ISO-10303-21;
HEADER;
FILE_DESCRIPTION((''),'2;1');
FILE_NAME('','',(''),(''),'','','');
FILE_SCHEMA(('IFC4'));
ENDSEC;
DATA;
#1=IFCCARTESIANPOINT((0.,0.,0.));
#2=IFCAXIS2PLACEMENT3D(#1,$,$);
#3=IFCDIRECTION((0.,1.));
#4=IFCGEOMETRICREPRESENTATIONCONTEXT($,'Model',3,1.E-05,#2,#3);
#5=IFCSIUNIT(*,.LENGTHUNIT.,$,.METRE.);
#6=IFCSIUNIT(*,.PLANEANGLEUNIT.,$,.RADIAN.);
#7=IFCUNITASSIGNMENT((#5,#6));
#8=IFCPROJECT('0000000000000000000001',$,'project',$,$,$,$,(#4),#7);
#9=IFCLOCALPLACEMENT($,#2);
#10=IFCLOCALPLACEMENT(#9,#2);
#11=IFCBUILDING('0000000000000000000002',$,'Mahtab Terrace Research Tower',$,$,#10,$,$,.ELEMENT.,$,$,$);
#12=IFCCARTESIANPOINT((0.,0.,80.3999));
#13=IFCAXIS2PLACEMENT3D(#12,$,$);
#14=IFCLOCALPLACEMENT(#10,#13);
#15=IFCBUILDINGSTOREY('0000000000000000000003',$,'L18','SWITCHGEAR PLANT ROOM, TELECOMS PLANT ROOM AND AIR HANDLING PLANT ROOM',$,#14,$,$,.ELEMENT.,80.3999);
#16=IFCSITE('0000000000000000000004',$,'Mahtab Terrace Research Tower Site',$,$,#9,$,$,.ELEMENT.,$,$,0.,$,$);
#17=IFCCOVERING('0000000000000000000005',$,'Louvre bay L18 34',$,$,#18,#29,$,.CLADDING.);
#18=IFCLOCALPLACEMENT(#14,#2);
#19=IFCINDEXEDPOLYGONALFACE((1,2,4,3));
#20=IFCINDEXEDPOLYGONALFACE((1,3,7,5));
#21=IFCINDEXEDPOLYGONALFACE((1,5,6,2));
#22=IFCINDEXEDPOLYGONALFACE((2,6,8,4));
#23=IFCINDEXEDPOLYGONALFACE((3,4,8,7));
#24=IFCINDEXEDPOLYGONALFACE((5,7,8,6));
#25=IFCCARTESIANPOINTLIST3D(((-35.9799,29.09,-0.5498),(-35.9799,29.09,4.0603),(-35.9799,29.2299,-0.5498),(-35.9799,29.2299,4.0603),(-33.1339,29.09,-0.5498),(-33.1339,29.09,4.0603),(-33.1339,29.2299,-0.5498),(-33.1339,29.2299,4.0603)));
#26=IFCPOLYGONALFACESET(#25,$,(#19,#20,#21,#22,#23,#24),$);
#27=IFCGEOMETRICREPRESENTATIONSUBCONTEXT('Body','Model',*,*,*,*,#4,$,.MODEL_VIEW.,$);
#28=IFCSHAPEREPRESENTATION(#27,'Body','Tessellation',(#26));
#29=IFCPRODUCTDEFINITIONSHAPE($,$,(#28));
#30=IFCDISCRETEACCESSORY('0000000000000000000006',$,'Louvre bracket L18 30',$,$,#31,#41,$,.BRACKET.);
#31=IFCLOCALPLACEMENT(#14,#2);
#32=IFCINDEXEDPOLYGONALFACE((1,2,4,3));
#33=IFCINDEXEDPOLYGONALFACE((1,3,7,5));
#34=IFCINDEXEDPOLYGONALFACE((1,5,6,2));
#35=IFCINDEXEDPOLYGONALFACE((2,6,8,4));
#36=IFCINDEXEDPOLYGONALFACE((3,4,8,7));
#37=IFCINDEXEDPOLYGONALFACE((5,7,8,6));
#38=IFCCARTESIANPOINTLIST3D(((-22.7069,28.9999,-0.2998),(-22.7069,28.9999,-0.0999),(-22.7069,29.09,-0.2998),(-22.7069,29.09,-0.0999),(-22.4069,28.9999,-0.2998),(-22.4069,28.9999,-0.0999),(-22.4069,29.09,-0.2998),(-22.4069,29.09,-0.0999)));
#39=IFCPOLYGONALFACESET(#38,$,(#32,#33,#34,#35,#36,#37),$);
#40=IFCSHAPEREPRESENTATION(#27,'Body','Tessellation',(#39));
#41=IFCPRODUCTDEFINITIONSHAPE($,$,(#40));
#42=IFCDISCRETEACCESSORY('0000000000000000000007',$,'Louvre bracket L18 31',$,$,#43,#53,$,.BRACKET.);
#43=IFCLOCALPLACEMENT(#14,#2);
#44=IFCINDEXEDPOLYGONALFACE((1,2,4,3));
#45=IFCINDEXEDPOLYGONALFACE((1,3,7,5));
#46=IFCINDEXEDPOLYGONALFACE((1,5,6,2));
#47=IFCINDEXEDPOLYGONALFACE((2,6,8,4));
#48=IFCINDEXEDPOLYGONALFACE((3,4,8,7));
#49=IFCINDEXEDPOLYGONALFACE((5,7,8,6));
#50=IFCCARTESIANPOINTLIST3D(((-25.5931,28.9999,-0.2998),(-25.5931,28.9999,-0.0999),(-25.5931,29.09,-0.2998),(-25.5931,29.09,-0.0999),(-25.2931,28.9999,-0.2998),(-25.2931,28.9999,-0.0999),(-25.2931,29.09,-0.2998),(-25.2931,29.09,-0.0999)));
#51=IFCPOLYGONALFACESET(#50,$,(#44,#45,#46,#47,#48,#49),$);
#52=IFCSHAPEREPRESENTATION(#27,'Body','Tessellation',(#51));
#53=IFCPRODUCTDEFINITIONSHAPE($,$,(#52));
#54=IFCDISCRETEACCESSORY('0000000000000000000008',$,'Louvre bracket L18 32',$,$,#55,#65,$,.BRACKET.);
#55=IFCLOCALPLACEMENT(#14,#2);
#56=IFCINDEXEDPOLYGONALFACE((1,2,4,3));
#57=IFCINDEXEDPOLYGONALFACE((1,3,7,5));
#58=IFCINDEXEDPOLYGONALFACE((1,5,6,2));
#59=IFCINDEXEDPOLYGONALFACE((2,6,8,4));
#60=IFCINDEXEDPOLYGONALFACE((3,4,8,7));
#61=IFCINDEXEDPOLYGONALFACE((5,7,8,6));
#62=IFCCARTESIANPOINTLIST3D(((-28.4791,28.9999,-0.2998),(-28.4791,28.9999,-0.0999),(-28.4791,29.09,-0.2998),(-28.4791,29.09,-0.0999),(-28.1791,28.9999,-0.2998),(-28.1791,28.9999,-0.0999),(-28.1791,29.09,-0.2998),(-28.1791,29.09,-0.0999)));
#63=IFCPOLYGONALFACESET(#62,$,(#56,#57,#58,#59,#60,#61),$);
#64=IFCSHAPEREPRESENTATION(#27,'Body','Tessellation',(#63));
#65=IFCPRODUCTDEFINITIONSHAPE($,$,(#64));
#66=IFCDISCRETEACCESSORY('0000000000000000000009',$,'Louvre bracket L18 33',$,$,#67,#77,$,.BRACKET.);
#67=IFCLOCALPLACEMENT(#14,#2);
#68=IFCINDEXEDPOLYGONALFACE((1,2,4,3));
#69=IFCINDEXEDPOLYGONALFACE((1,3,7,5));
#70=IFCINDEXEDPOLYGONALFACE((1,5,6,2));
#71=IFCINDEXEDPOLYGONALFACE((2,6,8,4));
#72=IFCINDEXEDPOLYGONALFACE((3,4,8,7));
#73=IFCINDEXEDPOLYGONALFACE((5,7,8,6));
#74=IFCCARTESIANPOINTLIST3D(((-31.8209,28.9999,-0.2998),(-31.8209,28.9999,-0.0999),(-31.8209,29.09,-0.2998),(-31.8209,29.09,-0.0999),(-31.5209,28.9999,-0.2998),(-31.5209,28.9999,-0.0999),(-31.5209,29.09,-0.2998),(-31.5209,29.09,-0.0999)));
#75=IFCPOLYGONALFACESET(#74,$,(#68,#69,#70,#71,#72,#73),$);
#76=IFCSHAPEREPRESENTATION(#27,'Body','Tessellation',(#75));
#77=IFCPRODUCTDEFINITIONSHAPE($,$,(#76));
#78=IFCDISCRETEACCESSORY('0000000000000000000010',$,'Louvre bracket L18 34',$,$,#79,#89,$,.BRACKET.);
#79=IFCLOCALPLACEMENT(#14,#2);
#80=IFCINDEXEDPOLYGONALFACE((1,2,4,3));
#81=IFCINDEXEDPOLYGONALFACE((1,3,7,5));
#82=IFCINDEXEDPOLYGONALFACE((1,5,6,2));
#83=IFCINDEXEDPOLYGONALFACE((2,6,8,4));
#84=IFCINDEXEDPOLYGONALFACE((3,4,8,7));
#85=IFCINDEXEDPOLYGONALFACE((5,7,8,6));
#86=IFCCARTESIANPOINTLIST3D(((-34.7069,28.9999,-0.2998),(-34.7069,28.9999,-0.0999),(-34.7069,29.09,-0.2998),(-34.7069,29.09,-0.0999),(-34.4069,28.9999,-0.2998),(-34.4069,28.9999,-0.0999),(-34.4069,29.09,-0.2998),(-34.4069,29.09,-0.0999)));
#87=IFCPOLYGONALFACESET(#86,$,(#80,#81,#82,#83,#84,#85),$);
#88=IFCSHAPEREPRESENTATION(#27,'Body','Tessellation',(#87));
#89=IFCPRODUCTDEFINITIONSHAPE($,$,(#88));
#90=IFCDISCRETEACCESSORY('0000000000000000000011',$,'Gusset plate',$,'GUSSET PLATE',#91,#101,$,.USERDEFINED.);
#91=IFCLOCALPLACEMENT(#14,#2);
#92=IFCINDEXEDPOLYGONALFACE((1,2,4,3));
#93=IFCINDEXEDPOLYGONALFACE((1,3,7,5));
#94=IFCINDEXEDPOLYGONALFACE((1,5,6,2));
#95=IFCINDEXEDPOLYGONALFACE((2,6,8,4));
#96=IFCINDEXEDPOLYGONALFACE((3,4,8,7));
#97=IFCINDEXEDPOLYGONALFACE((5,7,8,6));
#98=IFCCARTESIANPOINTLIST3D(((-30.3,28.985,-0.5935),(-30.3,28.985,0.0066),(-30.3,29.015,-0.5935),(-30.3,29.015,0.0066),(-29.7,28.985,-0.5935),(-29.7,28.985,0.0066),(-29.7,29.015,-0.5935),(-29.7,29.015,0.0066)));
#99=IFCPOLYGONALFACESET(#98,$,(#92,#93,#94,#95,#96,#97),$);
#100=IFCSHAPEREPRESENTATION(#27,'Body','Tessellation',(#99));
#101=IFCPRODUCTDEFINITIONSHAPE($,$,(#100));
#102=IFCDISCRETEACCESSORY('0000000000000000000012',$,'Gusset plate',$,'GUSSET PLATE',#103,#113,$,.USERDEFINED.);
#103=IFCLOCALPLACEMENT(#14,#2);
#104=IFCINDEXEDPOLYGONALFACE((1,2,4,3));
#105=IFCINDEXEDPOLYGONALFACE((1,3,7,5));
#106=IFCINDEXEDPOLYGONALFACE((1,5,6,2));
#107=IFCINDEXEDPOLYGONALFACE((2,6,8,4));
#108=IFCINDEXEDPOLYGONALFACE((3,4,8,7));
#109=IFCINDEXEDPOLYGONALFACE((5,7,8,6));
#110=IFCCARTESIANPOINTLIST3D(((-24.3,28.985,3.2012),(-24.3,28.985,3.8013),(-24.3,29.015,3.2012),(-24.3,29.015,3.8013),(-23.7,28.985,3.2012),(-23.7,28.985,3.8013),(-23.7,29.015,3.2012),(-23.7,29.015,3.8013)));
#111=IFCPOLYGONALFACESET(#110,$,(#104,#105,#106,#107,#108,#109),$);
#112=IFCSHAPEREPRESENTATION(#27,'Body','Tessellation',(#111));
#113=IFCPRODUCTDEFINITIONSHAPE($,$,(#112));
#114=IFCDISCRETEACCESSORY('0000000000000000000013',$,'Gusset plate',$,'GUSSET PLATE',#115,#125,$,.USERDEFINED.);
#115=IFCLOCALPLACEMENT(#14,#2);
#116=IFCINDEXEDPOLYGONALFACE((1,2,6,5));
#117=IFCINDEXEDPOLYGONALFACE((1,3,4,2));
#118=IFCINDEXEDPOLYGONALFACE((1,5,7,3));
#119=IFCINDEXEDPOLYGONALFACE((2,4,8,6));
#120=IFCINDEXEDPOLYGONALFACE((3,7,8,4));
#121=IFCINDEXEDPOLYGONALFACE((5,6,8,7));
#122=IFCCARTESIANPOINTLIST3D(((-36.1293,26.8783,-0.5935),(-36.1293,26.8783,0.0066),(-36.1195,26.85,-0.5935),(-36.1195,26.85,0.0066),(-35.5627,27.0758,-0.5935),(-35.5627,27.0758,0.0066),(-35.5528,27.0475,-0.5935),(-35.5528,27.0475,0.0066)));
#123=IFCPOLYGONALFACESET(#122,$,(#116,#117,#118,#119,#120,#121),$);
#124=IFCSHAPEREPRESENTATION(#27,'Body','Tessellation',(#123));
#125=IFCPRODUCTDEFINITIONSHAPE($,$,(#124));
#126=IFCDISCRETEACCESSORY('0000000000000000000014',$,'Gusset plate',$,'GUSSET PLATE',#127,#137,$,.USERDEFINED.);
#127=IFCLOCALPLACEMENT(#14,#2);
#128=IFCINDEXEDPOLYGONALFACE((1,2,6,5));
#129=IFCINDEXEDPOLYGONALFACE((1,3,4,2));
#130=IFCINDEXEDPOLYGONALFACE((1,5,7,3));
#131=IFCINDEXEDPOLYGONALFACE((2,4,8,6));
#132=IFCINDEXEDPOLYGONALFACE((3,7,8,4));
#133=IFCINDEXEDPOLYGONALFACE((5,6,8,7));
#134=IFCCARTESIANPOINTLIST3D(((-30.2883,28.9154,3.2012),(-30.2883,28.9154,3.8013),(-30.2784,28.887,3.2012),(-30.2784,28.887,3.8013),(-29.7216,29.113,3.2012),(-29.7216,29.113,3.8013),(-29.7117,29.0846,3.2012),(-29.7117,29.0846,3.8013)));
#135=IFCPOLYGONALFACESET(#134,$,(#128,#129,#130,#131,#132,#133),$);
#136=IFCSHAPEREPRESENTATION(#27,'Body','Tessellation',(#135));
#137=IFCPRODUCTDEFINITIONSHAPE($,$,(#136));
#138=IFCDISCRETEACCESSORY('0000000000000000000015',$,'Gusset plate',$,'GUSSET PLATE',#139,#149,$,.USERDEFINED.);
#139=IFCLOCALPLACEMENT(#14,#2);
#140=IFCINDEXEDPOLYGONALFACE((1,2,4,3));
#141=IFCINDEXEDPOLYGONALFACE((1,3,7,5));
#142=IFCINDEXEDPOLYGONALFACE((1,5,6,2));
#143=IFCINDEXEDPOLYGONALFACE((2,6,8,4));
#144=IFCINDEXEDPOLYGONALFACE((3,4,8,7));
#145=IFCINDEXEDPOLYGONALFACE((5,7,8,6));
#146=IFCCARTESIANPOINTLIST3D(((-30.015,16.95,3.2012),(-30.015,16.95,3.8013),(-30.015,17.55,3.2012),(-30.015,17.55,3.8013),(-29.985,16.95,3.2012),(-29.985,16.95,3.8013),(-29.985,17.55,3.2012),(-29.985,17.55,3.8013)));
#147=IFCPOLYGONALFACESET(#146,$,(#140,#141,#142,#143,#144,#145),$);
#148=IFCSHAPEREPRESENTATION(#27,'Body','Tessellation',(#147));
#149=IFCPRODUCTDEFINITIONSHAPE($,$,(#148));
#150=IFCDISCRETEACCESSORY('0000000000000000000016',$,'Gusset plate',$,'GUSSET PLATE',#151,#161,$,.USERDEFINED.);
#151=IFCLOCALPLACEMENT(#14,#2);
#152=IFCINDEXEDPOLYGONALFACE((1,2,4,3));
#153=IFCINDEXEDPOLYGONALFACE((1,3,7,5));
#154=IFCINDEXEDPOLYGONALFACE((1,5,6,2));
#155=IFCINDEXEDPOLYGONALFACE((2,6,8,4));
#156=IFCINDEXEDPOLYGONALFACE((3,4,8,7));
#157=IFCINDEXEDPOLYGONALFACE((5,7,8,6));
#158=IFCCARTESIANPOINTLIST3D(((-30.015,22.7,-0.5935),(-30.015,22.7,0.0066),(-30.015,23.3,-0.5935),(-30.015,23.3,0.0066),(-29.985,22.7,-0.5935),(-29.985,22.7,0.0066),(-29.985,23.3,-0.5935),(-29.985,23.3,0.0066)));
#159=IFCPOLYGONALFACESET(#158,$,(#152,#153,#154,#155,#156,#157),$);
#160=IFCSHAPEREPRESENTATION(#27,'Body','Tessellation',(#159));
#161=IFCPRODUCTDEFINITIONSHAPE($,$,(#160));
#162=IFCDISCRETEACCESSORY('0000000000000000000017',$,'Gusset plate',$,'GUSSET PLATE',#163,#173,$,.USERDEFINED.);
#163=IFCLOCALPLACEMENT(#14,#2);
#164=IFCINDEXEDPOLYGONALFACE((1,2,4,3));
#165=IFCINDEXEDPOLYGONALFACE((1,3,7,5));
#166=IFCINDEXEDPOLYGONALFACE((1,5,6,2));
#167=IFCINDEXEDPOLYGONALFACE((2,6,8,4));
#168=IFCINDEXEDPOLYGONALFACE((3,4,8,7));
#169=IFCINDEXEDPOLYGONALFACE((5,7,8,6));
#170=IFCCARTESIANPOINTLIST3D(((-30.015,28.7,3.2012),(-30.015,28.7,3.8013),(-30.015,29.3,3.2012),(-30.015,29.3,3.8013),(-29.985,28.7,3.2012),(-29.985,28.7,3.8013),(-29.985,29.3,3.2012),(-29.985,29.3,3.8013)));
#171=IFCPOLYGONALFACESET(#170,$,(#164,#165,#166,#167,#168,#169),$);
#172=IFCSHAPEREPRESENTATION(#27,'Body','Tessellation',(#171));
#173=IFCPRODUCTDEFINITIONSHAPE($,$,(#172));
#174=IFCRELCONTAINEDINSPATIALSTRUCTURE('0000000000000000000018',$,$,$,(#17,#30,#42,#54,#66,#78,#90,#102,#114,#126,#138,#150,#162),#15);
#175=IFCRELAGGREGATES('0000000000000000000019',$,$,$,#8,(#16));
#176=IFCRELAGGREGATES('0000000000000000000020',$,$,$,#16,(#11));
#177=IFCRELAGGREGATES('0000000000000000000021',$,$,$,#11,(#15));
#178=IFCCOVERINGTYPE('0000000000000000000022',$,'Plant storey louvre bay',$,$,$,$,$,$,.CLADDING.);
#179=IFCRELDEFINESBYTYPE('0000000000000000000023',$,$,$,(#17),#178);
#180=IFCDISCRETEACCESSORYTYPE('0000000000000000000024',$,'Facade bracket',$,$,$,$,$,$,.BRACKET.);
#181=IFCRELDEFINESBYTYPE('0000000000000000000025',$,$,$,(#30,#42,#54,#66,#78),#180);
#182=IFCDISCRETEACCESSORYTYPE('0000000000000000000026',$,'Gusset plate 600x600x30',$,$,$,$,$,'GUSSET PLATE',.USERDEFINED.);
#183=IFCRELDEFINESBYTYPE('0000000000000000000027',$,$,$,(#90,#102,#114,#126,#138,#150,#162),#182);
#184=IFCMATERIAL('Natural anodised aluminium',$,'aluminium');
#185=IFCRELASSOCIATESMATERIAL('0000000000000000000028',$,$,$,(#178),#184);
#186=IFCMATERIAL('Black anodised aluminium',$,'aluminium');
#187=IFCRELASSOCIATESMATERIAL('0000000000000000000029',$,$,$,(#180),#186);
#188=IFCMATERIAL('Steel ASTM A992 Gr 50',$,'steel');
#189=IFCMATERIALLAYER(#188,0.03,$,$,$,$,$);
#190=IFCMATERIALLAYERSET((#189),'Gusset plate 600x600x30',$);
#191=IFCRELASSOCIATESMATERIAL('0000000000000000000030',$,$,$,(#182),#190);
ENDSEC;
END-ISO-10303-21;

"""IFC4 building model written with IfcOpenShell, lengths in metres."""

from ifc_helpers import new_model, si_unit, direction, frame, origin, origin_2d, place, context, subcontext, project, spatial, rectangle, extrude, material, layer, layer_set, type_object, element, save


model = new_model("IFC4")

# Units and contexts
model_context = context("Model", 3, precision=1e-05, world=origin(), true_north=direction((0.0, 1.0)))
body_context = subcontext(model_context, "Body", "Model", "MODEL_VIEW")
ifc_project = project(units=[si_unit("LENGTHUNIT", "METRE"), si_unit("PLANEANGLEUNIT", "RADIAN")], contexts=[model_context])

# Site, building, storey
site_placement = place(None, origin())
site = spatial("IfcSite", under=ifc_project, at=site_placement, Name="Mahtab Terrace Research Tower Site", CompositionType="ELEMENT", RefElevation=0.0)
building_placement = place(site_placement, origin())
building = spatial("IfcBuilding", under=site, at=building_placement, Name="Mahtab Terrace Research Tower", CompositionType="ELEMENT")
storey_placement = place(building_placement, frame((0.0, 0.0, 80.3999)))
storey = spatial("IfcBuildingStorey", under=building, at=storey_placement, Name="L18", Description="SWITCHGEAR PLANT ROOM, TELECOMS PLANT ROOM AND AIR HANDLING PLANT ROOM", CompositionType="ELEMENT", Elevation=80.3999)

# Shared definitions
ifc_material_1 = material(Name="Steel ASTM A992 Gr 50", Category="steel")

# Covering
ifc_material_2 = material(Name="Natural anodised aluminium", Category="aluminium")
covering_type = type_object("IfcCoveringType", Name="Plant storey louvre bay", PredefinedType="CLADDING", material=ifc_material_2)
for number, where, z_axis, x_axis, name in (
    (1, (-34.5569, 29.1599, -0.5498), (0.0, 0.0, 1.0), (-1.0, 0.0, 0.0), "Louvre bay L18 34"),
):
    element("IfcCovering", number, at=place(storey_placement, frame(where, z_axis=z_axis, x_axis=x_axis)), inside=storey, type_object=covering_type, Name=name, PredefinedType="CLADDING", context=body_context, shape_type="SweptSolid", body=[
        extrude(rectangle(XDim=2.8459, YDim=0.1399, at=origin_2d()), origin(), (0.0, 0.0, 1.0), 4.6101),
    ])

# Discrete accessories
ifc_material_3 = material(Name="Black anodised aluminium", Category="aluminium")
discrete_accessory_type_1 = type_object("IfcDiscreteAccessoryType", Name="Facade bracket", PredefinedType="BRACKET", material=ifc_material_3)
for number, where, z_axis, x_axis, name in (
    (2, (-22.5569, 29.0449, -0.2998), (0.0, 0.0, 1.0), (-1.0, 0.0, 0.0), "Louvre bracket L18 30"),
    (3, (-25.4431, 29.0449, -0.2998), (0.0, 0.0, 1.0), (-1.0, 0.0, 0.0), "Louvre bracket L18 31"),
    (4, (-28.3291, 29.0449, -0.2998), (0.0, 0.0, 1.0), (-1.0, 0.0, 0.0), "Louvre bracket L18 32"),
    (5, (-31.6709, 29.0449, -0.2998), (0.0, 0.0, 1.0), (-1.0, 0.0, 0.0), "Louvre bracket L18 33"),
    (6, (-34.5569, 29.0449, -0.2998), (0.0, 0.0, 1.0), (-1.0, 0.0, 0.0), "Louvre bracket L18 34"),
):
    element("IfcDiscreteAccessory", number, at=place(storey_placement, frame(where, z_axis=z_axis, x_axis=x_axis)), inside=storey, type_object=discrete_accessory_type_1, Name=name, PredefinedType="BRACKET", context=body_context, shape_type="SweptSolid", body=[
        extrude(rectangle(XDim=0.3, YDim=0.0901, at=origin_2d()), origin(), (0.0, 0.0, 1.0), 0.2),
    ])
ifc_layer_1 = layer(ifc_material_1, 0.03)
ifc_layer_set_1 = layer_set([ifc_layer_1], Name="Gusset plate 600x600x30")
discrete_accessory_type_2 = type_object("IfcDiscreteAccessoryType", Name="Gusset plate 600x600x30", ElementType="GUSSET PLATE", PredefinedType="USERDEFINED", material=ifc_layer_set_1)
for number, where, z_axis, x_axis, name in (
    (7, (-30.0, 29.0, -0.5935), (0.0, 0.0, 1.0), (1.0, 0.0, 0.0), "Gusset plate"),
    (8, (-24.0, 29.0, 3.2012), (0.0, 0.0, 1.0), (1.0, 0.0, 0.0), "Gusset plate"),
    (9, (-35.8411, 26.9629, -0.5935), (0.0, 0.0, 1.0), (0.944279, 0.329147, 0.0), "Gusset plate"),
    (10, (-30.0, 29.0, 3.2012), (0.0, 0.0, 1.0), (0.944227, 0.329295, 0.0), "Gusset plate"),
    (11, (-30.0, 17.25, 3.2012), (0.0, 0.0, 1.0), (0.0, 1.0, 0.0), "Gusset plate"),
    (12, (-30.0, 23.0, -0.5935), (0.0, 0.0, 1.0), (0.0, 1.0, 0.0), "Gusset plate"),
    (13, (-30.0, 29.0, 3.2012), (0.0, 0.0, 1.0), (0.0, 1.0, 0.0), "Gusset plate"),
):
    element("IfcDiscreteAccessory", number, at=place(storey_placement, frame(where, z_axis=z_axis, x_axis=x_axis)), inside=storey, type_object=discrete_accessory_type_2, Name=name, ObjectType="GUSSET PLATE", PredefinedType="USERDEFINED", context=body_context, shape_type="SweptSolid", body=[
        extrude(rectangle(XDim=0.6001, YDim=0.03, at=origin_2d()), origin(), (0.0, 0.0, 1.0), 0.6001),
    ])

save(model, "model.ifc")
